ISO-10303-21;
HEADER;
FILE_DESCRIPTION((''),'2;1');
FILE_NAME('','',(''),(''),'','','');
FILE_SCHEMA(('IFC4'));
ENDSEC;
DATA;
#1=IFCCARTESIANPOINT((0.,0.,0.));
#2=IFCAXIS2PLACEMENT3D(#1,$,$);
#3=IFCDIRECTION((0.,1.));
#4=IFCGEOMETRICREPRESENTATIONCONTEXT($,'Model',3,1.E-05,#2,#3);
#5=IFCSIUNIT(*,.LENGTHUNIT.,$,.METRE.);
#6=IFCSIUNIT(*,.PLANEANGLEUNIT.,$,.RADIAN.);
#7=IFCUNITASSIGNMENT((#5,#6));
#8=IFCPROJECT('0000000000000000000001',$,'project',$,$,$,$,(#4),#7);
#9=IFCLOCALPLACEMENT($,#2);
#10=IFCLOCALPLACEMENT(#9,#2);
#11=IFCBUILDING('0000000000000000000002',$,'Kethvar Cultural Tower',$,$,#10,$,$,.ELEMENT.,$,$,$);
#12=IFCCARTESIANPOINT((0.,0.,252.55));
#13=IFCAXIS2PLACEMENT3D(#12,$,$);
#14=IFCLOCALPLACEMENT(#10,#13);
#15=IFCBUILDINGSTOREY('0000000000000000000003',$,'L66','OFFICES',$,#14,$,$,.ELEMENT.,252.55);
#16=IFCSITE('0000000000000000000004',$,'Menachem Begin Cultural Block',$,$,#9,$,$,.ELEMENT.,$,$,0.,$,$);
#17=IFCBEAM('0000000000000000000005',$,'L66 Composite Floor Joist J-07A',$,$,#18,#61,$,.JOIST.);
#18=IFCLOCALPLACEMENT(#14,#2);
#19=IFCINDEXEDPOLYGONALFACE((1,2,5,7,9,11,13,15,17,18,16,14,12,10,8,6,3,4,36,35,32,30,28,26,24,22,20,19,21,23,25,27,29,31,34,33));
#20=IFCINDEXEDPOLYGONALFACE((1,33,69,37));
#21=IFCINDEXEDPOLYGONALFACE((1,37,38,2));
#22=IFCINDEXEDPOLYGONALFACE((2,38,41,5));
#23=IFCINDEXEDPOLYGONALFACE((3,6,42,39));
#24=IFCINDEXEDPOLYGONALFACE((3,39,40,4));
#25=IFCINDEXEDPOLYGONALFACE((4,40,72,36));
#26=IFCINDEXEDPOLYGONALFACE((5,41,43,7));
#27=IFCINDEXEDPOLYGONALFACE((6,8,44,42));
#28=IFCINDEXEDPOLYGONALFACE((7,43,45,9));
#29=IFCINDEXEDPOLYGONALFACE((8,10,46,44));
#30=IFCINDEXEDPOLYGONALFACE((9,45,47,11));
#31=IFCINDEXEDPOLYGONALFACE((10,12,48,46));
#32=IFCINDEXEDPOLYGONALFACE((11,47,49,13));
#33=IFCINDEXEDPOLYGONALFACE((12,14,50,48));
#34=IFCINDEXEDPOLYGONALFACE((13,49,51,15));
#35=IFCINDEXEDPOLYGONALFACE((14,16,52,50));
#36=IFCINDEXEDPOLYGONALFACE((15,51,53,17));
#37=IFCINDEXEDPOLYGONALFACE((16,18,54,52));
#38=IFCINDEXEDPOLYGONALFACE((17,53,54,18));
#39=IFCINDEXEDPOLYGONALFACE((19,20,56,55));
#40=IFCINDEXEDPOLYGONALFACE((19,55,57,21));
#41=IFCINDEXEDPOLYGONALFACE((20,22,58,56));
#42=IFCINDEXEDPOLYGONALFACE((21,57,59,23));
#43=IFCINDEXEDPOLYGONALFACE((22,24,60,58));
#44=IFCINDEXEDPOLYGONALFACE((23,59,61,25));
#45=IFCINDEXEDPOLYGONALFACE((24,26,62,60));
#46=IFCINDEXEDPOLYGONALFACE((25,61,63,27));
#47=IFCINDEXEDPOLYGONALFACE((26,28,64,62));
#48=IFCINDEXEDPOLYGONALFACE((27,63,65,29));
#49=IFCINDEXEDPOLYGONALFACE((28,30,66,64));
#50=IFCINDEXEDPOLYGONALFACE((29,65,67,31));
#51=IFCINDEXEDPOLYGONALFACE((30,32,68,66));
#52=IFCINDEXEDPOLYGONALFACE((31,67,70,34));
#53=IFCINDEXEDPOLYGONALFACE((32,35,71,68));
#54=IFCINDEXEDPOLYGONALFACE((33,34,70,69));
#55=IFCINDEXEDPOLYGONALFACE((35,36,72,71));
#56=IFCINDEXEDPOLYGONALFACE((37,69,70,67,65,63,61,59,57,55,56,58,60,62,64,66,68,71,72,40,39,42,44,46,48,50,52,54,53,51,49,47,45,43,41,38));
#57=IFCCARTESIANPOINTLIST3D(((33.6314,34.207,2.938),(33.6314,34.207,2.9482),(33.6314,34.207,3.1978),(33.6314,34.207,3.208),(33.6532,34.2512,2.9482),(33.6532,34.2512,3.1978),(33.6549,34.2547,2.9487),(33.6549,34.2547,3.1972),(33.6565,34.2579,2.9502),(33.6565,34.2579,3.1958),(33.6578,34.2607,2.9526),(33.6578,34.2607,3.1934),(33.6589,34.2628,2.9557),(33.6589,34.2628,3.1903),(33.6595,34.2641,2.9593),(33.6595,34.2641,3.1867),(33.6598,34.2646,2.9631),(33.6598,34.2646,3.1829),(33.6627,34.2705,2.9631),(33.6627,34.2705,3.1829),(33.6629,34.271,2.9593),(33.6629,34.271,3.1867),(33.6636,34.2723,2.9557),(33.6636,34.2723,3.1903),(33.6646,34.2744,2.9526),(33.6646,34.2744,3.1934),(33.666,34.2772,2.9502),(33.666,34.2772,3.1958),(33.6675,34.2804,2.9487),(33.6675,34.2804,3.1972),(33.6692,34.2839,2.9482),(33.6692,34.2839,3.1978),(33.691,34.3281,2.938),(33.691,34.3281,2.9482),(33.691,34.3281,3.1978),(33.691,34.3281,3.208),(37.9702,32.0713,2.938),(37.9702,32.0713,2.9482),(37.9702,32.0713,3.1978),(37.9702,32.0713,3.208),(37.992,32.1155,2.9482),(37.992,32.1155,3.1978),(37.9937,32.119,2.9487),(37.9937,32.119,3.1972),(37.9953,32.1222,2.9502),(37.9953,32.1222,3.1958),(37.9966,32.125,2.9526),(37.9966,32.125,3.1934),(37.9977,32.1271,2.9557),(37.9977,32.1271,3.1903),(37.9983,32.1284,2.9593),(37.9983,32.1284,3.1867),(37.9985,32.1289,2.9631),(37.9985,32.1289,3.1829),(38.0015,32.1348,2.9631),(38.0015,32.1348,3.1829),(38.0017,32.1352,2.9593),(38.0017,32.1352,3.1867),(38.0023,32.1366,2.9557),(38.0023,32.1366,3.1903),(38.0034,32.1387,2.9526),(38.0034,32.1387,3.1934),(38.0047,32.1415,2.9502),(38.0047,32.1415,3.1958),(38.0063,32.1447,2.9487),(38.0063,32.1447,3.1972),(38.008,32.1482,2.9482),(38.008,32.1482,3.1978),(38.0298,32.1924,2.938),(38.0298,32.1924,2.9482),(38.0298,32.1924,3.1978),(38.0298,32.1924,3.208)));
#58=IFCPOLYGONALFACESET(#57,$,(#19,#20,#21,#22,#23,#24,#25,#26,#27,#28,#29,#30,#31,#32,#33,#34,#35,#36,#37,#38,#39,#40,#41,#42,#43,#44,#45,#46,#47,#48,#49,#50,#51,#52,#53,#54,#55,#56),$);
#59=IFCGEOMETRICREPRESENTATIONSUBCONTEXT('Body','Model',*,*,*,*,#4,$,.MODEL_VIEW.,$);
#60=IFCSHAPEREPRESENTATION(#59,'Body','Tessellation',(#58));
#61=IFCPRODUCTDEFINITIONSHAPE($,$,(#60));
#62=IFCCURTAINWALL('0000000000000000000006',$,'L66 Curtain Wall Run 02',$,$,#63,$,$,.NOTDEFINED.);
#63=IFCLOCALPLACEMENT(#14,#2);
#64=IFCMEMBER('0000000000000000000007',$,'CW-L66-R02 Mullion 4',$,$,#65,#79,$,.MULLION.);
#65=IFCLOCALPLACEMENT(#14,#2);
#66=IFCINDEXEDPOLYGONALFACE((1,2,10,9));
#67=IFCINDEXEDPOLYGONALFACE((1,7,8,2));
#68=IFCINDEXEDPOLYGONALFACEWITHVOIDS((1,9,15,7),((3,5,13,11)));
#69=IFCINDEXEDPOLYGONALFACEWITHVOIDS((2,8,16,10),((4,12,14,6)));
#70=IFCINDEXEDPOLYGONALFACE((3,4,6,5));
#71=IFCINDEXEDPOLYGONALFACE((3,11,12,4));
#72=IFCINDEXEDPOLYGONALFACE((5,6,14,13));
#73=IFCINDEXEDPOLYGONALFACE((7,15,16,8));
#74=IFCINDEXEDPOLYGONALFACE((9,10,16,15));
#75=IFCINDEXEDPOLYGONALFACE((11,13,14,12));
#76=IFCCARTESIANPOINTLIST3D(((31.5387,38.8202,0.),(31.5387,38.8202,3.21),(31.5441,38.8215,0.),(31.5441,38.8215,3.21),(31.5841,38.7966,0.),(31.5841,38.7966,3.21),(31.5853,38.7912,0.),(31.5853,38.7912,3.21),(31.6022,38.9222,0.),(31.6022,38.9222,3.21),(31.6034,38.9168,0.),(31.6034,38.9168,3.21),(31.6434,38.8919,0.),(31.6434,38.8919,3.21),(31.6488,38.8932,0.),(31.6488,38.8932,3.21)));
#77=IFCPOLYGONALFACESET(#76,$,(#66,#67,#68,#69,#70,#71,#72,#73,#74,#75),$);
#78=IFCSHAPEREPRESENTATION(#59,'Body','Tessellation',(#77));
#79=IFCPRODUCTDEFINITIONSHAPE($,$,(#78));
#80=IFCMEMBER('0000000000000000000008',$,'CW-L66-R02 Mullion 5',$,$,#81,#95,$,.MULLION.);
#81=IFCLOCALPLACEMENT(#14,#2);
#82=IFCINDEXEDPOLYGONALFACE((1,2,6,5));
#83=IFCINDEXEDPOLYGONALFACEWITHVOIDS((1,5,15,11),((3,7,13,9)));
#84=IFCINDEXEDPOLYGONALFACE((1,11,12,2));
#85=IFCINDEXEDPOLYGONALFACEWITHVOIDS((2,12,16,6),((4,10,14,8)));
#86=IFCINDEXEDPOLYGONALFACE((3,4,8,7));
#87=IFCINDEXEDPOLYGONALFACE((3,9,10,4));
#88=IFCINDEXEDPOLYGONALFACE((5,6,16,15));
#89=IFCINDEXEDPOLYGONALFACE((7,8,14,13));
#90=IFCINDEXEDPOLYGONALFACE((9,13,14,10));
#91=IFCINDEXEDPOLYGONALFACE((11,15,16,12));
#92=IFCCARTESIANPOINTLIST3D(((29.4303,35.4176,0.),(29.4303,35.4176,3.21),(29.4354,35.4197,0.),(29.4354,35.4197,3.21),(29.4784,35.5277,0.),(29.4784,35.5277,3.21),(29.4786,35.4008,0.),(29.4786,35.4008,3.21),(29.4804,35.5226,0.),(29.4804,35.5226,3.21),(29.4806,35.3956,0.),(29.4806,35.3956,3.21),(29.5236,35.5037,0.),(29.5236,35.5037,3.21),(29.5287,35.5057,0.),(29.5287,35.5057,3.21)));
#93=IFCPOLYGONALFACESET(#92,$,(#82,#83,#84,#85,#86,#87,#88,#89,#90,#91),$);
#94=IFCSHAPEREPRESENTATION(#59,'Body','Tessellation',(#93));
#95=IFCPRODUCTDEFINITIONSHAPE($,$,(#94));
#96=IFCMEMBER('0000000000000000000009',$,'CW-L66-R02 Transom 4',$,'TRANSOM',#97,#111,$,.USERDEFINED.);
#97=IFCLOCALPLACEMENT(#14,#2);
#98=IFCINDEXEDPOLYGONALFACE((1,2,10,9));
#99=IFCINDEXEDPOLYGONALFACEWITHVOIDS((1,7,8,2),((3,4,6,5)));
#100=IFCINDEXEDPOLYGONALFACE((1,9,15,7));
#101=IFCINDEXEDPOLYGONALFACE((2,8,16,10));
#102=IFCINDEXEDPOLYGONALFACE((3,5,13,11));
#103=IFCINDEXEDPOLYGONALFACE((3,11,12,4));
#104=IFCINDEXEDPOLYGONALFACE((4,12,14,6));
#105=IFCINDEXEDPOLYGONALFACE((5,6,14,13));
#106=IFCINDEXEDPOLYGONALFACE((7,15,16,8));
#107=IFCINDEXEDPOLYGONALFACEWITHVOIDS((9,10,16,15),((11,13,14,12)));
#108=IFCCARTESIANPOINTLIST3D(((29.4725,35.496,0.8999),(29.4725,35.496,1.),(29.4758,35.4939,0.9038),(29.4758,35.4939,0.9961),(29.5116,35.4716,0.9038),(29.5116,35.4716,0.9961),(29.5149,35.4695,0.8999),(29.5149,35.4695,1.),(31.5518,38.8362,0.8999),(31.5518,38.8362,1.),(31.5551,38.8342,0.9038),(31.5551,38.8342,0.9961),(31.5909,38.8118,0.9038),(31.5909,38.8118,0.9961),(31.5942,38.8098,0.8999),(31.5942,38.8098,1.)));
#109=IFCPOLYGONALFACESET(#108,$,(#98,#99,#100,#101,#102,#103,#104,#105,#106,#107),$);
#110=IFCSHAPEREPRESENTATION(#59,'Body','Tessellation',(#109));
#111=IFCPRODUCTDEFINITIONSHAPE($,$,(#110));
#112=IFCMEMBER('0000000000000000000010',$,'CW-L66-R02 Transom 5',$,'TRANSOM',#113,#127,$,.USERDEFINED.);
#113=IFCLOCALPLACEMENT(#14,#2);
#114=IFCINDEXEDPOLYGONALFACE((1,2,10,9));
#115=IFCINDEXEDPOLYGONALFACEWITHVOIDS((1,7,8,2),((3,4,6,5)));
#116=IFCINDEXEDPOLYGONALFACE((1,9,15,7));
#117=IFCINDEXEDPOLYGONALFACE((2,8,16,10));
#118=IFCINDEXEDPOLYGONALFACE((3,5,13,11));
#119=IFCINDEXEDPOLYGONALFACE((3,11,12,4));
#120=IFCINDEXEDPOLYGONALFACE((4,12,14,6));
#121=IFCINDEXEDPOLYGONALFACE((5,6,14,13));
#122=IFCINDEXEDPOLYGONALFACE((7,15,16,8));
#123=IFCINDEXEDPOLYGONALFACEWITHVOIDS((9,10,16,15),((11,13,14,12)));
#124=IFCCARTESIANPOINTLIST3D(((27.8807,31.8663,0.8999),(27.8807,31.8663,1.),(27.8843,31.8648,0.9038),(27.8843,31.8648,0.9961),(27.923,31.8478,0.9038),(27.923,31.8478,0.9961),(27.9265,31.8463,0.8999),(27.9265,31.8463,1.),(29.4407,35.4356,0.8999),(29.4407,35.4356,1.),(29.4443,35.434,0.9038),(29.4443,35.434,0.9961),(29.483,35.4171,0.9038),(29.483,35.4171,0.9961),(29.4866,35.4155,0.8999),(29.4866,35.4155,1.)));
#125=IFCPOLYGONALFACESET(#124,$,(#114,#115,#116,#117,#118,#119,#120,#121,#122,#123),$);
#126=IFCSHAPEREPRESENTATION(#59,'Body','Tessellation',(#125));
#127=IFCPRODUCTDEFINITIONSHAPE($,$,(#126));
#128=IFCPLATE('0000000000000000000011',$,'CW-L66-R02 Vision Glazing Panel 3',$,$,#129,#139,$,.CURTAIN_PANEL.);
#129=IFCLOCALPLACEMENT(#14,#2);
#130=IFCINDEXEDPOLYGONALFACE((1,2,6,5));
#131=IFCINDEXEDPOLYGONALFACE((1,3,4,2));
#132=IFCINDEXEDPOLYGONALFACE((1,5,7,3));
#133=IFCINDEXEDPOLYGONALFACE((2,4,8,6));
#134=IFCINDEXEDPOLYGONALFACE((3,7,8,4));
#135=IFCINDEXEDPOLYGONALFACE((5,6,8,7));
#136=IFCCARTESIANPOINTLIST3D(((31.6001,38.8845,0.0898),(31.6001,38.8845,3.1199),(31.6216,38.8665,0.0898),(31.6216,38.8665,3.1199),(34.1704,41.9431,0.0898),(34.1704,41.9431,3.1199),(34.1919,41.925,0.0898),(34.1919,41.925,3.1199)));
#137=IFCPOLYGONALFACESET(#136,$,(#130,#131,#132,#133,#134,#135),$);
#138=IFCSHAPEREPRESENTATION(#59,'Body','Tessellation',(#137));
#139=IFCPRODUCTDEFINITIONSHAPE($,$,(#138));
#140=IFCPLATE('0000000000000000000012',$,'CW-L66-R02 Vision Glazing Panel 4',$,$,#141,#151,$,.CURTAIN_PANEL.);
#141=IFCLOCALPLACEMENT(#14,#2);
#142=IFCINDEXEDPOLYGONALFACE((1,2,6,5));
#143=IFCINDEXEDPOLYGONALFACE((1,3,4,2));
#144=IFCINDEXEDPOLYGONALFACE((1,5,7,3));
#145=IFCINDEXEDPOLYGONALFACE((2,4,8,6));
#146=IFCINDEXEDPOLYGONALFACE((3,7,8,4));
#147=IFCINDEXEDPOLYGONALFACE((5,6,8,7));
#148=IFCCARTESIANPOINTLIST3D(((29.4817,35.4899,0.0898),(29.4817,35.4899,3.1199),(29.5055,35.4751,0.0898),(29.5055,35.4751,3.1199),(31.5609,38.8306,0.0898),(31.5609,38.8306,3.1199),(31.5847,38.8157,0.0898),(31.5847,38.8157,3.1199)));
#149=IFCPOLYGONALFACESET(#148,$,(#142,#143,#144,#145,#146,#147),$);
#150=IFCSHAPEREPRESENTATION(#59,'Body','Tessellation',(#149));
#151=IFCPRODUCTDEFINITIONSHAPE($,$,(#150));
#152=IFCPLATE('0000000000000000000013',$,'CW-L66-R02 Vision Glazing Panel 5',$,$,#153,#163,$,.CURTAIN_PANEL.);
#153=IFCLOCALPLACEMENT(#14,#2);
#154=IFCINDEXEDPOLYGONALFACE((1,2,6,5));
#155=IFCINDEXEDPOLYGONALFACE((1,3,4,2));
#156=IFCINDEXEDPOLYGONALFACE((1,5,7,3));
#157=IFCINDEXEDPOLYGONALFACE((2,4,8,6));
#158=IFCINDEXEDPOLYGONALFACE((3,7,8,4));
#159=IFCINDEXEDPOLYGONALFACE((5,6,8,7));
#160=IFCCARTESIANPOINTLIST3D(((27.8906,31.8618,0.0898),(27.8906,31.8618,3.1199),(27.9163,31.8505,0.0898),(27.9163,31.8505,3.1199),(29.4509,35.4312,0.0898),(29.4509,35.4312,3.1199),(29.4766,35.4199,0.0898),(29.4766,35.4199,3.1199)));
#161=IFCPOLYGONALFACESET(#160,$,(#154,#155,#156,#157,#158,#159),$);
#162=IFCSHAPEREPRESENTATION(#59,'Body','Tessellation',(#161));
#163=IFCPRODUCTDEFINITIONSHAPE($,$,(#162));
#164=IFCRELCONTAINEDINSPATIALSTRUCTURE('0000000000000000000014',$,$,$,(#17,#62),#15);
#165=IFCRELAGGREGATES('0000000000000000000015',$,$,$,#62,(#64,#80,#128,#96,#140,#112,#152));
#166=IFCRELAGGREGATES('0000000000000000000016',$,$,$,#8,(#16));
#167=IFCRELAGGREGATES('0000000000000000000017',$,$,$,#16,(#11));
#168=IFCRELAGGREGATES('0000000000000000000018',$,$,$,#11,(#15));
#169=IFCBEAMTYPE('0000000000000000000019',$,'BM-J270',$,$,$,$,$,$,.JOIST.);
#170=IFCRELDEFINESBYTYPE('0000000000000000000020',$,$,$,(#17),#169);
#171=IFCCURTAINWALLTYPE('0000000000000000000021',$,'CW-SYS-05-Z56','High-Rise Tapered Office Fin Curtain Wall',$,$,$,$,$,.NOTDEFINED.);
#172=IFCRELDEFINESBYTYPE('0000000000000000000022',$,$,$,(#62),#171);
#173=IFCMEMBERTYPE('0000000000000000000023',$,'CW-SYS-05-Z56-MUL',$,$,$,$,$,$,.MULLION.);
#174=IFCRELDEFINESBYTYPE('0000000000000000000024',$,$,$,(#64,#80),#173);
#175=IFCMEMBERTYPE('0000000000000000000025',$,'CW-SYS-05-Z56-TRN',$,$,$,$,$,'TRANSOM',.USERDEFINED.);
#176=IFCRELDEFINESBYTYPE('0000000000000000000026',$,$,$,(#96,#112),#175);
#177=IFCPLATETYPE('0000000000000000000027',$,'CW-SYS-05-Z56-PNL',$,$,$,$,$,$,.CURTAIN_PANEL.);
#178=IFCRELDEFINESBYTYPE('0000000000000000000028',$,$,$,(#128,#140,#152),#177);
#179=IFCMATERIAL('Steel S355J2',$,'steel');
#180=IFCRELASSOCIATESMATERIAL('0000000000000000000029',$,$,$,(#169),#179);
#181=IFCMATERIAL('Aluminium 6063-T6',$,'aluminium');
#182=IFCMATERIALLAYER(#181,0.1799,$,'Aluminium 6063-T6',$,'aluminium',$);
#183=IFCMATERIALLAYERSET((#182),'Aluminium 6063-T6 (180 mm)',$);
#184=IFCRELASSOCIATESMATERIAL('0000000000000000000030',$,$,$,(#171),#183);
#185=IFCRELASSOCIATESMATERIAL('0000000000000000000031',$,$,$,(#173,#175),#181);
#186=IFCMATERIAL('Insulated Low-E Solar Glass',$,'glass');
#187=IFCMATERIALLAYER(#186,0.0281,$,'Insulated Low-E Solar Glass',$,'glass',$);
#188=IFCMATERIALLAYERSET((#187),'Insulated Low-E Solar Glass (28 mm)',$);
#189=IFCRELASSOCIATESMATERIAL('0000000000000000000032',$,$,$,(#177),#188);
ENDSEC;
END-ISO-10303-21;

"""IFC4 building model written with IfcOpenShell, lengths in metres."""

from ifc_helpers import new_model, si_unit, direction, frame, origin, origin_2d, place, context, subcontext, project, spatial, rectangle, hollow_rectangle, i_section, extrude, source, transform, mapped, material, layer, layer_set, material_profile, profile_set, type_object, element, aggregate, save


model = new_model("IFC4")

# Units and contexts
model_context = context("Model", 3, precision=1e-05, world=origin(), true_north=direction((0.0, 1.0)))
body_context = subcontext(model_context, "Body", "Model", "MODEL_VIEW")
ifc_project = project(units=[si_unit("LENGTHUNIT", "METRE"), si_unit("PLANEANGLEUNIT", "RADIAN")], contexts=[model_context])

# Site, building, storey
site_placement = place(None, origin())
site = spatial("IfcSite", under=ifc_project, at=site_placement, Name="Menachem Begin Cultural Block", CompositionType="ELEMENT", RefElevation=0.0)
building_placement = place(site_placement, origin())
building = spatial("IfcBuilding", under=site, at=building_placement, Name="Kethvar Cultural Tower", CompositionType="ELEMENT")
storey_placement = place(building_placement, frame((0.0, 0.0, 252.55)))
storey = spatial("IfcBuildingStorey", under=building, at=storey_placement, Name="L66", Description="OFFICES", CompositionType="ELEMENT", Elevation=252.55)

# Beam
ifc_material_1 = material(Name="Steel S355J2", Category="steel")
ifc_material_profile_1 = material_profile(ifc_material_1, i_section(OverallWidth=0.135, OverallDepth=0.27, WebThickness=0.0066, FlangeThickness=0.0103, FilletRadius=0.0149, at=origin_2d()), Name="Steel S355J2 — IPE270")
ifc_profile_set_1 = profile_set([ifc_material_profile_1], Name="Steel S355J2 — IPE270")
beam_type_1 = type_object("IfcBeamType", Name="BM-J270", PredefinedType="JOIST", material=ifc_profile_set_1)
shared_shape_1 = source(origin(), body_context, "Body", "SweptSolid", [
    extrude(i_section(OverallWidth=0.135, OverallDepth=0.27, WebThickness=0.0066, FlangeThickness=0.0103, FilletRadius=0.0149, at=origin_2d()), origin(), (0.0, 0.0, 1.0), 4.8359),
])
beam_1_placement = place(storey_placement, frame((38.0, 32.1318, 3.073), z_axis=(-0.897197, 0.441632, 0.0), x_axis=(-0.441632, -0.897197, 0.0)))
element("IfcBeam", 1, at=beam_1_placement, inside=storey, type_object=beam_type_1, Name="L66 Composite Floor Joist J-07A", PredefinedType="JOIST", context=body_context, shape_type="MappedRepresentation", body=[
    mapped(shared_shape_1, transform((0.0, 0.0, 0.0), scale=1.0)),
])

# Curtain wall, members, plates
ifc_material_2 = material(Name="Aluminium 6063-T6", Category="aluminium")
ifc_layer_1 = layer(ifc_material_2, 0.1799, Name="Aluminium 6063-T6", Category="aluminium")
ifc_layer_set_1 = layer_set([ifc_layer_1], Name="Aluminium 6063-T6 (180 mm)")
curtain_wall_type = type_object("IfcCurtainWallType", Name="CW-SYS-05-Z56", Description="High-Rise Tapered Office Fin Curtain Wall", PredefinedType="NOTDEFINED", material=ifc_layer_set_1)
curtain_wall_placement = place(storey_placement, origin())
curtain_wall = element("IfcCurtainWall", 2, at=curtain_wall_placement, inside=storey, type_object=curtain_wall_type, Name="L66 Curtain Wall Run 02", PredefinedType="NOTDEFINED")
ifc_material_profile_2 = material_profile(ifc_material_2, hollow_rectangle(XDim=0.0549, YDim=0.1201, WallThickness=0.0039, at=origin_2d()), Name="Aluminium 6063-T6 — RHS120x55x4")
ifc_profile_set_2 = profile_set([ifc_material_profile_2], Name="Aluminium 6063-T6 — RHS120x55x4")
member_type_1 = type_object("IfcMemberType", Name="CW-SYS-05-Z56-MUL", PredefinedType="MULLION", material=ifc_profile_set_2)
shared_shape_2 = source(origin(), body_context, "Body", "SweptSolid", [
    extrude(hollow_rectangle(XDim=0.0549, YDim=0.1201, WallThickness=0.0039, at=origin_2d()), origin(), (0.0, 0.0, 1.0), 3.21),
])
member_1_placement = place(storey_placement, frame((31.5938, 38.8567, 0.0), z_axis=(0.0, 0.0, 1.0), x_axis=(0.84899, -0.528409, 0.0)))
member_1 = element("IfcMember", 3, at=member_1_placement, type_object=member_type_1, Name="CW-L66-R02 Mullion 4", PredefinedType="MULLION", context=body_context, shape_type="MappedRepresentation", body=[
    mapped(shared_shape_2, transform((0.0, 0.0, 0.0), scale=1.0)),
])
member_2_placement = place(storey_placement, frame((29.4795, 35.4617, 0.0), z_axis=(0.0, 0.0, 1.0), x_axis=(0.916286, -0.400525, 0.0)))
member_2 = element("IfcMember", 4, at=member_2_placement, type_object=member_type_1, Name="CW-L66-R02 Mullion 5", PredefinedType="MULLION", context=body_context, shape_type="MappedRepresentation", body=[
    mapped(shared_shape_2, transform((0.0, 0.0, 0.0), scale=1.0)),
])
ifc_material_profile_3 = material_profile(ifc_material_2, hollow_rectangle(XDim=0.05, YDim=0.1001, WallThickness=0.0039, at=origin_2d()), Name="Aluminium 6063-T6 — RHS100x50x4")
ifc_profile_set_3 = profile_set([ifc_material_profile_3], Name="Aluminium 6063-T6 — RHS100x50x4")
member_type_2 = type_object("IfcMemberType", Name="CW-SYS-05-Z56-TRN", ElementType="TRANSOM", PredefinedType="USERDEFINED", material=ifc_profile_set_3)
shared_shape_3 = source(origin(), body_context, "Body", "SweptSolid", [
    extrude(hollow_rectangle(XDim=0.05, YDim=0.1001, WallThickness=0.0039, at=origin_2d()), origin(), (0.0, 0.0, 1.0), 3.9346),
])
member_3_placement = place(storey_placement, frame((31.573, 38.823, 0.95), z_axis=(-0.52847, -0.848952, 0.0), x_axis=(0.848952, -0.52847, 0.0)))
member_3 = element("IfcMember", 5, at=member_3_placement, type_object=member_type_2, Name="CW-L66-R02 Transom 4", ObjectType="TRANSOM", PredefinedType="USERDEFINED", context=body_context, shape_type="MappedRepresentation", body=[
    mapped(shared_shape_3, transform((0.0, 0.0, 0.0), scale=1.0)),
])
shared_shape_4 = source(origin(), body_context, "Body", "SweptSolid", [
    extrude(hollow_rectangle(XDim=0.05, YDim=0.1001, WallThickness=0.0039, at=origin_2d()), origin(), (0.0, 0.0, 1.0), 3.8953),
])
member_4_placement = place(storey_placement, frame((29.4636, 35.4255, 0.95), z_axis=(-0.40049, -0.916301, 0.0), x_axis=(0.916301, -0.40049, 0.0)))
member_4 = element("IfcMember", 6, at=member_4_placement, type_object=member_type_2, Name="CW-L66-R02 Transom 5", ObjectType="TRANSOM", PredefinedType="USERDEFINED", context=body_context, shape_type="MappedRepresentation", body=[
    mapped(shared_shape_4, transform((0.0, 0.0, 0.0), scale=1.0)),
])
ifc_material_3 = material(Name="Insulated Low-E Solar Glass", Category="glass")
ifc_layer_2 = layer(ifc_material_3, 0.0281, Name="Insulated Low-E Solar Glass", Category="glass")
ifc_layer_set_2 = layer_set([ifc_layer_2], Name="Insulated Low-E Solar Glass (28 mm)")
plate_type = type_object("IfcPlateType", Name="CW-SYS-05-Z56-PNL", PredefinedType="CURTAIN_PANEL", material=ifc_layer_set_2)
shared_shape_5 = source(origin(), body_context, "Body", "SweptSolid", [
    extrude(rectangle(XDim=3.9951, YDim=0.0281, at=origin_2d()), origin(), (0.0, 0.0, 1.0), 3.03),
])
plate_1_placement = place(storey_placement, frame((32.896, 40.4048, 0.0898), z_axis=(0.0, 0.0, 1.0), x_axis=(-0.643349, -0.765573, 0.0)))
plate_1 = element("IfcPlate", 7, at=plate_1_placement, type_object=plate_type, Name="CW-L66-R02 Vision Glazing Panel 3", PredefinedType="CURTAIN_PANEL", context=body_context, shape_type="MappedRepresentation", body=[
    mapped(shared_shape_5, transform((0.0, 0.0, 0.0), scale=1.0)),
])
shared_shape_6 = source(origin(), body_context, "Body", "SweptSolid", [
    extrude(rectangle(XDim=3.9348, YDim=0.0281, at=origin_2d()), origin(), (0.0, 0.0, 1.0), 3.03),
])
plate_2_placement = place(storey_placement, frame((30.5332, 37.1528, 0.0898), z_axis=(0.0, 0.0, 1.0), x_axis=(-0.528409, -0.84899, 0.0)))
plate_2 = element("IfcPlate", 8, at=plate_2_placement, type_object=plate_type, Name="CW-L66-R02 Vision Glazing Panel 4", PredefinedType="CURTAIN_PANEL", context=body_context, shape_type="MappedRepresentation", body=[
    mapped(shared_shape_6, transform((0.0, 0.0, 0.0), scale=1.0)),
])
shared_shape_7 = source(origin(), body_context, "Body", "SweptSolid", [
    extrude(rectangle(XDim=3.8955, YDim=0.0281, at=origin_2d()), origin(), (0.0, 0.0, 1.0), 3.03),
])
plate_3_placement = place(storey_placement, frame((28.6836, 33.6409, 0.0898), z_axis=(0.0, 0.0, 1.0), x_axis=(-0.400525, -0.916286, 0.0)))
plate_3 = element("IfcPlate", 9, at=plate_3_placement, type_object=plate_type, Name="CW-L66-R02 Vision Glazing Panel 5", PredefinedType="CURTAIN_PANEL", context=body_context, shape_type="MappedRepresentation", body=[
    mapped(shared_shape_7, transform((0.0, 0.0, 0.0), scale=1.0)),
])
aggregate(curtain_wall, [member_1, member_2, plate_1, member_3, plate_2, member_4, plate_3])

save(model, "model.ifc")
